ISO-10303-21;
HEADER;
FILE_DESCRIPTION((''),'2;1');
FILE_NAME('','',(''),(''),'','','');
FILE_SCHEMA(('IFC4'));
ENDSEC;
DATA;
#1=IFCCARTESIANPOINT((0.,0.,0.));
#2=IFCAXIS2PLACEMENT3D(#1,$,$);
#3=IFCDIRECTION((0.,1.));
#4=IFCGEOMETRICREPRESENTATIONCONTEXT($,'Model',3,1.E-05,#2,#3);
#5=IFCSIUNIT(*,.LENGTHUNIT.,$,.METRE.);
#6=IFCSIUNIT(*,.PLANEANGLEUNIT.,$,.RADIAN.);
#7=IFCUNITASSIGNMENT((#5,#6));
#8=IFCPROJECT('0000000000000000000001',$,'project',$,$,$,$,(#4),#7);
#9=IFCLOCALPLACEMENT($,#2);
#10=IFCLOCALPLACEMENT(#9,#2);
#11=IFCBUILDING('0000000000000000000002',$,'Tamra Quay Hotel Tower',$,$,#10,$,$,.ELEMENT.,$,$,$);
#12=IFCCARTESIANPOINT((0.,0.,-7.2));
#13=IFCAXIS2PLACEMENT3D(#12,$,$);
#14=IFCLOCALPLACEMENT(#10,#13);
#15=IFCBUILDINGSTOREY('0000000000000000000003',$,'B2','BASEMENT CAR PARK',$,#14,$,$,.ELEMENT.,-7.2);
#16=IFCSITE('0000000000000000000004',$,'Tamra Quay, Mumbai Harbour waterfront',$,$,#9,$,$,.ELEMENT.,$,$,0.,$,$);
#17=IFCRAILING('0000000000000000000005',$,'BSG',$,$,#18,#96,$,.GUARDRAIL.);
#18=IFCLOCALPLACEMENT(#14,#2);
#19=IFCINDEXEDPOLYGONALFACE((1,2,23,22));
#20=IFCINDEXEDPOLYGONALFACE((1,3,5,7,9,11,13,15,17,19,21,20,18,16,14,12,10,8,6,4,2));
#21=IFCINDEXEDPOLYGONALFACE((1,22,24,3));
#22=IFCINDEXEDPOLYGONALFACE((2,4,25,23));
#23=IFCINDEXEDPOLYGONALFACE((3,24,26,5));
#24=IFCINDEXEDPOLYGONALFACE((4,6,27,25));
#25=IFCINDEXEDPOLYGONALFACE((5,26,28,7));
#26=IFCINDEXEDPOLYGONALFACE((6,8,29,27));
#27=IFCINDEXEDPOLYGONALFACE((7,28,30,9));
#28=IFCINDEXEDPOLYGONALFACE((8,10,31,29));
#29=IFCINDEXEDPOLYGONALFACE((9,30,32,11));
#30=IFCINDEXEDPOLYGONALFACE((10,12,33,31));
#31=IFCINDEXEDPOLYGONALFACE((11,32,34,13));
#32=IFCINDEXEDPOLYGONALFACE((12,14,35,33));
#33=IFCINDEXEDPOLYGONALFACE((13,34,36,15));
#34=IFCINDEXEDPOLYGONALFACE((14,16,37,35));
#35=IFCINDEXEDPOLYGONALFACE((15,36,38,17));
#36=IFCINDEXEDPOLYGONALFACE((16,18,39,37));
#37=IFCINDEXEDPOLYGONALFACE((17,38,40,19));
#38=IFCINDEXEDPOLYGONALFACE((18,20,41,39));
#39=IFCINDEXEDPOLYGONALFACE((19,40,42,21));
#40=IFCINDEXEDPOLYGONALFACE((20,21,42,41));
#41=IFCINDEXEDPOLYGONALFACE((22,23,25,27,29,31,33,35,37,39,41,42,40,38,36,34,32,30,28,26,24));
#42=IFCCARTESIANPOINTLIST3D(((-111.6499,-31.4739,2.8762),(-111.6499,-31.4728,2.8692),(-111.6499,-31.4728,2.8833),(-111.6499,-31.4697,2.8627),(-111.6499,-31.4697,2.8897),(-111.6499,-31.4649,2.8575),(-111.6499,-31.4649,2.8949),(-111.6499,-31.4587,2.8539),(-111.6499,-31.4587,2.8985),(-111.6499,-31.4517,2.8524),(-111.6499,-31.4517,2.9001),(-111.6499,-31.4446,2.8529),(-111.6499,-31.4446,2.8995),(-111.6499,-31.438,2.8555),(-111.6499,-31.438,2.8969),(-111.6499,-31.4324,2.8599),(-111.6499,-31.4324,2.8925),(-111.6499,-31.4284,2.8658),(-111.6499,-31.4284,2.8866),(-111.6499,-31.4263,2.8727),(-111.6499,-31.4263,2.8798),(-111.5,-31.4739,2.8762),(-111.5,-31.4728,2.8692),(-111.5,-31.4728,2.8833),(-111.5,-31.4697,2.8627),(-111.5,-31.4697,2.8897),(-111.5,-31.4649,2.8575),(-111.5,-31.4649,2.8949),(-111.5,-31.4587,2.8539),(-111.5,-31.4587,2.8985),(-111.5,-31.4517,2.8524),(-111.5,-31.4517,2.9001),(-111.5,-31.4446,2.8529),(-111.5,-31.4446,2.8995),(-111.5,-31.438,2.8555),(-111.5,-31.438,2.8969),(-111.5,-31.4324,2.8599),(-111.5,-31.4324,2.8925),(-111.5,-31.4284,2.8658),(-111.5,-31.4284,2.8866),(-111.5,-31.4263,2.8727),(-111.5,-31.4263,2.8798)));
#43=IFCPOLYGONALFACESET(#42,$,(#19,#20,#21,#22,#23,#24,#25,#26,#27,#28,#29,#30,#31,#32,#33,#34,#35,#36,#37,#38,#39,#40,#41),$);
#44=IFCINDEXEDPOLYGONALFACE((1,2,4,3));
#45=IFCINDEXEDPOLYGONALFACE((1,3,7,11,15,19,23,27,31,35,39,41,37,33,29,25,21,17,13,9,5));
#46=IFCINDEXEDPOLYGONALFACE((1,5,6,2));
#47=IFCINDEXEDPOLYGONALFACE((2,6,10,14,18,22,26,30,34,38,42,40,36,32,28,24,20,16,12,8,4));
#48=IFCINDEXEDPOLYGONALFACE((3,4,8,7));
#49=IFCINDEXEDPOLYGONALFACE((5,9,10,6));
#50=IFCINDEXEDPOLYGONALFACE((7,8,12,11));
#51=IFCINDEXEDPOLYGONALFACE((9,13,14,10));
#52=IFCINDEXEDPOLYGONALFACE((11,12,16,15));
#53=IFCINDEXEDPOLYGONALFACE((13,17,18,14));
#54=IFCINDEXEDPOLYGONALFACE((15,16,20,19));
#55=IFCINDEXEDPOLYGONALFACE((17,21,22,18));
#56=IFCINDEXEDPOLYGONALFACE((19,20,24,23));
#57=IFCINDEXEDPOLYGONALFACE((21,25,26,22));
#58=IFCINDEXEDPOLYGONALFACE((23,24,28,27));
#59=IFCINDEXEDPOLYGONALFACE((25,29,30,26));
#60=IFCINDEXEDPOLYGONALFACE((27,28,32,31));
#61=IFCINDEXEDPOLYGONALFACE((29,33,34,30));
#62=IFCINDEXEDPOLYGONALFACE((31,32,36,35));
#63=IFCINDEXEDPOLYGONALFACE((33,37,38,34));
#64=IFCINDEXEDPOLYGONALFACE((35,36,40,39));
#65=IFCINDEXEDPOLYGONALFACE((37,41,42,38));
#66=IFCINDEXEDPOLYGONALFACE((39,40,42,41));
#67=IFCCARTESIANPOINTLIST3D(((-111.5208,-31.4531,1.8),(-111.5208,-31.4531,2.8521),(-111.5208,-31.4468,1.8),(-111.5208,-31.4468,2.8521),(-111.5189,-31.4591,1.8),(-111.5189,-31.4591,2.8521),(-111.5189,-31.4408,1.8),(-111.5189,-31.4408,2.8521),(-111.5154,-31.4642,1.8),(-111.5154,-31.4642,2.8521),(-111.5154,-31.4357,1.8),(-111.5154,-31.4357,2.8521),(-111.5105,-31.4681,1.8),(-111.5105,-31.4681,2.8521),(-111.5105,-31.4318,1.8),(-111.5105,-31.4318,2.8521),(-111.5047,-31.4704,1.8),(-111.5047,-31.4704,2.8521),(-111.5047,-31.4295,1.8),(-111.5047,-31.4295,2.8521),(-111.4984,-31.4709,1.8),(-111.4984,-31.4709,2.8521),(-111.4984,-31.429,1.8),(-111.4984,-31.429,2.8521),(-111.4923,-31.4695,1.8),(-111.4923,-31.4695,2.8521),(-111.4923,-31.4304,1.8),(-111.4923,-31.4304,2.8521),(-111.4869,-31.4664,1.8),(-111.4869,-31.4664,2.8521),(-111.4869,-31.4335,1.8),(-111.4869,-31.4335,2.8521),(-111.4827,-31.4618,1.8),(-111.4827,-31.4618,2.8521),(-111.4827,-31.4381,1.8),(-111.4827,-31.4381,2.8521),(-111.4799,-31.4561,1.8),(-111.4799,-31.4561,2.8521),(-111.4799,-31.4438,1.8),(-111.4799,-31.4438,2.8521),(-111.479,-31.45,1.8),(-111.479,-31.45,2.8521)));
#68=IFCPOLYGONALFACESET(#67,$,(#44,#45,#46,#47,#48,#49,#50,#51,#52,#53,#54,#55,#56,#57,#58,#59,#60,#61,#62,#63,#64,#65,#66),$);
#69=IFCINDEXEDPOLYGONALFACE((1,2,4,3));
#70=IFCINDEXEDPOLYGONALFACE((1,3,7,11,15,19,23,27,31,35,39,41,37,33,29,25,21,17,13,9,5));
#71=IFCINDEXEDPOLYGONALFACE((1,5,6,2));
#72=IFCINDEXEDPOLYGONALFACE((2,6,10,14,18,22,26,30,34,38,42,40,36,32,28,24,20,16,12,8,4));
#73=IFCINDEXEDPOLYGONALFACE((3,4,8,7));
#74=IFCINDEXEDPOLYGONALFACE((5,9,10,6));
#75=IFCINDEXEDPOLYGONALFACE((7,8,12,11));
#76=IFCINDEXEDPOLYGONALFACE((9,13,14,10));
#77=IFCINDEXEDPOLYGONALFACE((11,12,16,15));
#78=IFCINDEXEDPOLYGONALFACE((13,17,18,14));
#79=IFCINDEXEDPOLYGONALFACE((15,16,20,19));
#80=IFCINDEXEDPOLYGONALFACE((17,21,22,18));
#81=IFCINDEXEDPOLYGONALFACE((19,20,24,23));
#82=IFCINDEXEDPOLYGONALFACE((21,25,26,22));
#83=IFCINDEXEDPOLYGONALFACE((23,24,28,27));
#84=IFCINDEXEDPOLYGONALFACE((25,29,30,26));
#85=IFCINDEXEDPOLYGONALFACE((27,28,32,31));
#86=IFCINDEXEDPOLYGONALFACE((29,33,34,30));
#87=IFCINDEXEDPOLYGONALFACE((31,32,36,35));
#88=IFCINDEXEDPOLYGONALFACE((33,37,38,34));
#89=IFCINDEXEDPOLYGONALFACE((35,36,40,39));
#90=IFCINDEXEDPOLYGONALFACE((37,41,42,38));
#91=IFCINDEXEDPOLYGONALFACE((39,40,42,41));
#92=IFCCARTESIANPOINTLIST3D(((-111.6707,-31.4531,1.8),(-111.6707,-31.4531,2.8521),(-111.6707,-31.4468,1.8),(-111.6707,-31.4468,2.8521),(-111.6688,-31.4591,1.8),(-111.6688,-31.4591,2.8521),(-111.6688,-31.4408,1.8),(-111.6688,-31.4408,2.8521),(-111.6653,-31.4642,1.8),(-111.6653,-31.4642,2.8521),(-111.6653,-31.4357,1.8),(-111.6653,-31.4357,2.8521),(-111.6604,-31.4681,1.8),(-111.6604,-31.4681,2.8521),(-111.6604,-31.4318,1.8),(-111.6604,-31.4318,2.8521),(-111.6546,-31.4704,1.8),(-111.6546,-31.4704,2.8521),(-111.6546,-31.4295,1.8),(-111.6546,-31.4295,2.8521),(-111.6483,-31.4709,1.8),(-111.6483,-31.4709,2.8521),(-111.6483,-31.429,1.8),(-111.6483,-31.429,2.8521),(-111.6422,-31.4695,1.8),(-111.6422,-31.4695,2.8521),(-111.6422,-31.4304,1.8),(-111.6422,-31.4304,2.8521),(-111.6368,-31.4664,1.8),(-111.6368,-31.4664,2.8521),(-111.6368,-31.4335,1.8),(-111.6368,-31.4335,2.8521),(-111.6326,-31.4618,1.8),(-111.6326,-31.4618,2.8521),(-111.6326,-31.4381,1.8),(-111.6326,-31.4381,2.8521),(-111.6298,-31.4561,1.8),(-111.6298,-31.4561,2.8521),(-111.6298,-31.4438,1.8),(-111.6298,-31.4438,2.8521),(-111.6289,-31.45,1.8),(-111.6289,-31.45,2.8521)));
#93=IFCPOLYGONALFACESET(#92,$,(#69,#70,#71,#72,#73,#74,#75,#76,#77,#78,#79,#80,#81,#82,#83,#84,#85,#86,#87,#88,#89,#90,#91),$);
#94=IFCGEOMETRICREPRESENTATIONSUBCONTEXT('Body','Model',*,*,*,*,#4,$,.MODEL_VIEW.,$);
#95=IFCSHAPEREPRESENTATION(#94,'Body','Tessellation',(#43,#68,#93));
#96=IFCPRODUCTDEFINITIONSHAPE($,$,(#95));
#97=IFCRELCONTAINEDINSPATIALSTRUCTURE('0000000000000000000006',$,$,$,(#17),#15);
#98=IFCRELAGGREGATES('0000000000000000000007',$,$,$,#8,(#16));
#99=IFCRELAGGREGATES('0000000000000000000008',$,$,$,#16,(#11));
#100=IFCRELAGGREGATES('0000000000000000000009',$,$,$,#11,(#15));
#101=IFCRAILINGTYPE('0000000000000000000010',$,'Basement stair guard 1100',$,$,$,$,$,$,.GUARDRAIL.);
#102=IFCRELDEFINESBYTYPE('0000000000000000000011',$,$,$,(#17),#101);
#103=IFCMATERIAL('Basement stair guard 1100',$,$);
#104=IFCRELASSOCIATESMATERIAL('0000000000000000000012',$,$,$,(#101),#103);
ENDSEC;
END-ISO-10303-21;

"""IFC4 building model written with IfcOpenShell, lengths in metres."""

from ifc_helpers import new_model, si_unit, direction, frame, origin, origin_2d, place, context, subcontext, project, spatial, circle, extrude, material, type_object, element, save


model = new_model("IFC4")

# Units and contexts
model_context = context("Model", 3, precision=1e-05, world=origin(), true_north=direction((0.0, 1.0)))
body_context = subcontext(model_context, "Body", "Model", "MODEL_VIEW")
ifc_project = project(units=[si_unit("LENGTHUNIT", "METRE"), si_unit("PLANEANGLEUNIT", "RADIAN")], contexts=[model_context])

# Site, building, storey
site_placement = place(None, origin())
site = spatial("IfcSite", under=ifc_project, at=site_placement, Name="Tamra Quay, Mumbai Harbour waterfront", CompositionType="ELEMENT", RefElevation=0.0)
building_placement = place(site_placement, origin())
building = spatial("IfcBuilding", under=site, at=building_placement, Name="Tamra Quay Hotel Tower", CompositionType="ELEMENT")
storey_placement = place(building_placement, frame((0.0, 0.0, -7.2)))
storey = spatial("IfcBuildingStorey", under=building, at=storey_placement, Name="B2", Description="BASEMENT CAR PARK", CompositionType="ELEMENT", Elevation=-7.2)

# Railing
ifc_material_1 = material(Name="Basement stair guard 1100")
railing_type_1 = type_object("IfcRailingType", Name="Basement stair guard 1100", PredefinedType="GUARDRAIL", material=ifc_material_1)
railing_1_placement = place(storey_placement, frame((-111.5, -31.45, 1.8)))
element("IfcRailing", 1, at=railing_1_placement, inside=storey, type_object=railing_type_1, Name="BSG", PredefinedType="GUARDRAIL", context=body_context, shape_type="SweptSolid", body=[
    extrude(circle(Radius=0.0239, at=origin_2d()), frame((0.0, 0.0, 1.0762), z_axis=(-1.0, 0.0, 0.0), x_axis=(0.0, -1.0, 0.0)), (0.0, 0.0, 1.0), 0.1499),
    extrude(circle(Radius=0.021, at=origin_2d()), origin(), (0.0, 0.0, 1.0), 1.052),
    extrude(circle(Radius=0.021, at=origin_2d()), frame((-0.1499, 0.0, 0.0)), (0.0, 0.0, 1.0), 1.052),
])

save(model, "model.ifc")
